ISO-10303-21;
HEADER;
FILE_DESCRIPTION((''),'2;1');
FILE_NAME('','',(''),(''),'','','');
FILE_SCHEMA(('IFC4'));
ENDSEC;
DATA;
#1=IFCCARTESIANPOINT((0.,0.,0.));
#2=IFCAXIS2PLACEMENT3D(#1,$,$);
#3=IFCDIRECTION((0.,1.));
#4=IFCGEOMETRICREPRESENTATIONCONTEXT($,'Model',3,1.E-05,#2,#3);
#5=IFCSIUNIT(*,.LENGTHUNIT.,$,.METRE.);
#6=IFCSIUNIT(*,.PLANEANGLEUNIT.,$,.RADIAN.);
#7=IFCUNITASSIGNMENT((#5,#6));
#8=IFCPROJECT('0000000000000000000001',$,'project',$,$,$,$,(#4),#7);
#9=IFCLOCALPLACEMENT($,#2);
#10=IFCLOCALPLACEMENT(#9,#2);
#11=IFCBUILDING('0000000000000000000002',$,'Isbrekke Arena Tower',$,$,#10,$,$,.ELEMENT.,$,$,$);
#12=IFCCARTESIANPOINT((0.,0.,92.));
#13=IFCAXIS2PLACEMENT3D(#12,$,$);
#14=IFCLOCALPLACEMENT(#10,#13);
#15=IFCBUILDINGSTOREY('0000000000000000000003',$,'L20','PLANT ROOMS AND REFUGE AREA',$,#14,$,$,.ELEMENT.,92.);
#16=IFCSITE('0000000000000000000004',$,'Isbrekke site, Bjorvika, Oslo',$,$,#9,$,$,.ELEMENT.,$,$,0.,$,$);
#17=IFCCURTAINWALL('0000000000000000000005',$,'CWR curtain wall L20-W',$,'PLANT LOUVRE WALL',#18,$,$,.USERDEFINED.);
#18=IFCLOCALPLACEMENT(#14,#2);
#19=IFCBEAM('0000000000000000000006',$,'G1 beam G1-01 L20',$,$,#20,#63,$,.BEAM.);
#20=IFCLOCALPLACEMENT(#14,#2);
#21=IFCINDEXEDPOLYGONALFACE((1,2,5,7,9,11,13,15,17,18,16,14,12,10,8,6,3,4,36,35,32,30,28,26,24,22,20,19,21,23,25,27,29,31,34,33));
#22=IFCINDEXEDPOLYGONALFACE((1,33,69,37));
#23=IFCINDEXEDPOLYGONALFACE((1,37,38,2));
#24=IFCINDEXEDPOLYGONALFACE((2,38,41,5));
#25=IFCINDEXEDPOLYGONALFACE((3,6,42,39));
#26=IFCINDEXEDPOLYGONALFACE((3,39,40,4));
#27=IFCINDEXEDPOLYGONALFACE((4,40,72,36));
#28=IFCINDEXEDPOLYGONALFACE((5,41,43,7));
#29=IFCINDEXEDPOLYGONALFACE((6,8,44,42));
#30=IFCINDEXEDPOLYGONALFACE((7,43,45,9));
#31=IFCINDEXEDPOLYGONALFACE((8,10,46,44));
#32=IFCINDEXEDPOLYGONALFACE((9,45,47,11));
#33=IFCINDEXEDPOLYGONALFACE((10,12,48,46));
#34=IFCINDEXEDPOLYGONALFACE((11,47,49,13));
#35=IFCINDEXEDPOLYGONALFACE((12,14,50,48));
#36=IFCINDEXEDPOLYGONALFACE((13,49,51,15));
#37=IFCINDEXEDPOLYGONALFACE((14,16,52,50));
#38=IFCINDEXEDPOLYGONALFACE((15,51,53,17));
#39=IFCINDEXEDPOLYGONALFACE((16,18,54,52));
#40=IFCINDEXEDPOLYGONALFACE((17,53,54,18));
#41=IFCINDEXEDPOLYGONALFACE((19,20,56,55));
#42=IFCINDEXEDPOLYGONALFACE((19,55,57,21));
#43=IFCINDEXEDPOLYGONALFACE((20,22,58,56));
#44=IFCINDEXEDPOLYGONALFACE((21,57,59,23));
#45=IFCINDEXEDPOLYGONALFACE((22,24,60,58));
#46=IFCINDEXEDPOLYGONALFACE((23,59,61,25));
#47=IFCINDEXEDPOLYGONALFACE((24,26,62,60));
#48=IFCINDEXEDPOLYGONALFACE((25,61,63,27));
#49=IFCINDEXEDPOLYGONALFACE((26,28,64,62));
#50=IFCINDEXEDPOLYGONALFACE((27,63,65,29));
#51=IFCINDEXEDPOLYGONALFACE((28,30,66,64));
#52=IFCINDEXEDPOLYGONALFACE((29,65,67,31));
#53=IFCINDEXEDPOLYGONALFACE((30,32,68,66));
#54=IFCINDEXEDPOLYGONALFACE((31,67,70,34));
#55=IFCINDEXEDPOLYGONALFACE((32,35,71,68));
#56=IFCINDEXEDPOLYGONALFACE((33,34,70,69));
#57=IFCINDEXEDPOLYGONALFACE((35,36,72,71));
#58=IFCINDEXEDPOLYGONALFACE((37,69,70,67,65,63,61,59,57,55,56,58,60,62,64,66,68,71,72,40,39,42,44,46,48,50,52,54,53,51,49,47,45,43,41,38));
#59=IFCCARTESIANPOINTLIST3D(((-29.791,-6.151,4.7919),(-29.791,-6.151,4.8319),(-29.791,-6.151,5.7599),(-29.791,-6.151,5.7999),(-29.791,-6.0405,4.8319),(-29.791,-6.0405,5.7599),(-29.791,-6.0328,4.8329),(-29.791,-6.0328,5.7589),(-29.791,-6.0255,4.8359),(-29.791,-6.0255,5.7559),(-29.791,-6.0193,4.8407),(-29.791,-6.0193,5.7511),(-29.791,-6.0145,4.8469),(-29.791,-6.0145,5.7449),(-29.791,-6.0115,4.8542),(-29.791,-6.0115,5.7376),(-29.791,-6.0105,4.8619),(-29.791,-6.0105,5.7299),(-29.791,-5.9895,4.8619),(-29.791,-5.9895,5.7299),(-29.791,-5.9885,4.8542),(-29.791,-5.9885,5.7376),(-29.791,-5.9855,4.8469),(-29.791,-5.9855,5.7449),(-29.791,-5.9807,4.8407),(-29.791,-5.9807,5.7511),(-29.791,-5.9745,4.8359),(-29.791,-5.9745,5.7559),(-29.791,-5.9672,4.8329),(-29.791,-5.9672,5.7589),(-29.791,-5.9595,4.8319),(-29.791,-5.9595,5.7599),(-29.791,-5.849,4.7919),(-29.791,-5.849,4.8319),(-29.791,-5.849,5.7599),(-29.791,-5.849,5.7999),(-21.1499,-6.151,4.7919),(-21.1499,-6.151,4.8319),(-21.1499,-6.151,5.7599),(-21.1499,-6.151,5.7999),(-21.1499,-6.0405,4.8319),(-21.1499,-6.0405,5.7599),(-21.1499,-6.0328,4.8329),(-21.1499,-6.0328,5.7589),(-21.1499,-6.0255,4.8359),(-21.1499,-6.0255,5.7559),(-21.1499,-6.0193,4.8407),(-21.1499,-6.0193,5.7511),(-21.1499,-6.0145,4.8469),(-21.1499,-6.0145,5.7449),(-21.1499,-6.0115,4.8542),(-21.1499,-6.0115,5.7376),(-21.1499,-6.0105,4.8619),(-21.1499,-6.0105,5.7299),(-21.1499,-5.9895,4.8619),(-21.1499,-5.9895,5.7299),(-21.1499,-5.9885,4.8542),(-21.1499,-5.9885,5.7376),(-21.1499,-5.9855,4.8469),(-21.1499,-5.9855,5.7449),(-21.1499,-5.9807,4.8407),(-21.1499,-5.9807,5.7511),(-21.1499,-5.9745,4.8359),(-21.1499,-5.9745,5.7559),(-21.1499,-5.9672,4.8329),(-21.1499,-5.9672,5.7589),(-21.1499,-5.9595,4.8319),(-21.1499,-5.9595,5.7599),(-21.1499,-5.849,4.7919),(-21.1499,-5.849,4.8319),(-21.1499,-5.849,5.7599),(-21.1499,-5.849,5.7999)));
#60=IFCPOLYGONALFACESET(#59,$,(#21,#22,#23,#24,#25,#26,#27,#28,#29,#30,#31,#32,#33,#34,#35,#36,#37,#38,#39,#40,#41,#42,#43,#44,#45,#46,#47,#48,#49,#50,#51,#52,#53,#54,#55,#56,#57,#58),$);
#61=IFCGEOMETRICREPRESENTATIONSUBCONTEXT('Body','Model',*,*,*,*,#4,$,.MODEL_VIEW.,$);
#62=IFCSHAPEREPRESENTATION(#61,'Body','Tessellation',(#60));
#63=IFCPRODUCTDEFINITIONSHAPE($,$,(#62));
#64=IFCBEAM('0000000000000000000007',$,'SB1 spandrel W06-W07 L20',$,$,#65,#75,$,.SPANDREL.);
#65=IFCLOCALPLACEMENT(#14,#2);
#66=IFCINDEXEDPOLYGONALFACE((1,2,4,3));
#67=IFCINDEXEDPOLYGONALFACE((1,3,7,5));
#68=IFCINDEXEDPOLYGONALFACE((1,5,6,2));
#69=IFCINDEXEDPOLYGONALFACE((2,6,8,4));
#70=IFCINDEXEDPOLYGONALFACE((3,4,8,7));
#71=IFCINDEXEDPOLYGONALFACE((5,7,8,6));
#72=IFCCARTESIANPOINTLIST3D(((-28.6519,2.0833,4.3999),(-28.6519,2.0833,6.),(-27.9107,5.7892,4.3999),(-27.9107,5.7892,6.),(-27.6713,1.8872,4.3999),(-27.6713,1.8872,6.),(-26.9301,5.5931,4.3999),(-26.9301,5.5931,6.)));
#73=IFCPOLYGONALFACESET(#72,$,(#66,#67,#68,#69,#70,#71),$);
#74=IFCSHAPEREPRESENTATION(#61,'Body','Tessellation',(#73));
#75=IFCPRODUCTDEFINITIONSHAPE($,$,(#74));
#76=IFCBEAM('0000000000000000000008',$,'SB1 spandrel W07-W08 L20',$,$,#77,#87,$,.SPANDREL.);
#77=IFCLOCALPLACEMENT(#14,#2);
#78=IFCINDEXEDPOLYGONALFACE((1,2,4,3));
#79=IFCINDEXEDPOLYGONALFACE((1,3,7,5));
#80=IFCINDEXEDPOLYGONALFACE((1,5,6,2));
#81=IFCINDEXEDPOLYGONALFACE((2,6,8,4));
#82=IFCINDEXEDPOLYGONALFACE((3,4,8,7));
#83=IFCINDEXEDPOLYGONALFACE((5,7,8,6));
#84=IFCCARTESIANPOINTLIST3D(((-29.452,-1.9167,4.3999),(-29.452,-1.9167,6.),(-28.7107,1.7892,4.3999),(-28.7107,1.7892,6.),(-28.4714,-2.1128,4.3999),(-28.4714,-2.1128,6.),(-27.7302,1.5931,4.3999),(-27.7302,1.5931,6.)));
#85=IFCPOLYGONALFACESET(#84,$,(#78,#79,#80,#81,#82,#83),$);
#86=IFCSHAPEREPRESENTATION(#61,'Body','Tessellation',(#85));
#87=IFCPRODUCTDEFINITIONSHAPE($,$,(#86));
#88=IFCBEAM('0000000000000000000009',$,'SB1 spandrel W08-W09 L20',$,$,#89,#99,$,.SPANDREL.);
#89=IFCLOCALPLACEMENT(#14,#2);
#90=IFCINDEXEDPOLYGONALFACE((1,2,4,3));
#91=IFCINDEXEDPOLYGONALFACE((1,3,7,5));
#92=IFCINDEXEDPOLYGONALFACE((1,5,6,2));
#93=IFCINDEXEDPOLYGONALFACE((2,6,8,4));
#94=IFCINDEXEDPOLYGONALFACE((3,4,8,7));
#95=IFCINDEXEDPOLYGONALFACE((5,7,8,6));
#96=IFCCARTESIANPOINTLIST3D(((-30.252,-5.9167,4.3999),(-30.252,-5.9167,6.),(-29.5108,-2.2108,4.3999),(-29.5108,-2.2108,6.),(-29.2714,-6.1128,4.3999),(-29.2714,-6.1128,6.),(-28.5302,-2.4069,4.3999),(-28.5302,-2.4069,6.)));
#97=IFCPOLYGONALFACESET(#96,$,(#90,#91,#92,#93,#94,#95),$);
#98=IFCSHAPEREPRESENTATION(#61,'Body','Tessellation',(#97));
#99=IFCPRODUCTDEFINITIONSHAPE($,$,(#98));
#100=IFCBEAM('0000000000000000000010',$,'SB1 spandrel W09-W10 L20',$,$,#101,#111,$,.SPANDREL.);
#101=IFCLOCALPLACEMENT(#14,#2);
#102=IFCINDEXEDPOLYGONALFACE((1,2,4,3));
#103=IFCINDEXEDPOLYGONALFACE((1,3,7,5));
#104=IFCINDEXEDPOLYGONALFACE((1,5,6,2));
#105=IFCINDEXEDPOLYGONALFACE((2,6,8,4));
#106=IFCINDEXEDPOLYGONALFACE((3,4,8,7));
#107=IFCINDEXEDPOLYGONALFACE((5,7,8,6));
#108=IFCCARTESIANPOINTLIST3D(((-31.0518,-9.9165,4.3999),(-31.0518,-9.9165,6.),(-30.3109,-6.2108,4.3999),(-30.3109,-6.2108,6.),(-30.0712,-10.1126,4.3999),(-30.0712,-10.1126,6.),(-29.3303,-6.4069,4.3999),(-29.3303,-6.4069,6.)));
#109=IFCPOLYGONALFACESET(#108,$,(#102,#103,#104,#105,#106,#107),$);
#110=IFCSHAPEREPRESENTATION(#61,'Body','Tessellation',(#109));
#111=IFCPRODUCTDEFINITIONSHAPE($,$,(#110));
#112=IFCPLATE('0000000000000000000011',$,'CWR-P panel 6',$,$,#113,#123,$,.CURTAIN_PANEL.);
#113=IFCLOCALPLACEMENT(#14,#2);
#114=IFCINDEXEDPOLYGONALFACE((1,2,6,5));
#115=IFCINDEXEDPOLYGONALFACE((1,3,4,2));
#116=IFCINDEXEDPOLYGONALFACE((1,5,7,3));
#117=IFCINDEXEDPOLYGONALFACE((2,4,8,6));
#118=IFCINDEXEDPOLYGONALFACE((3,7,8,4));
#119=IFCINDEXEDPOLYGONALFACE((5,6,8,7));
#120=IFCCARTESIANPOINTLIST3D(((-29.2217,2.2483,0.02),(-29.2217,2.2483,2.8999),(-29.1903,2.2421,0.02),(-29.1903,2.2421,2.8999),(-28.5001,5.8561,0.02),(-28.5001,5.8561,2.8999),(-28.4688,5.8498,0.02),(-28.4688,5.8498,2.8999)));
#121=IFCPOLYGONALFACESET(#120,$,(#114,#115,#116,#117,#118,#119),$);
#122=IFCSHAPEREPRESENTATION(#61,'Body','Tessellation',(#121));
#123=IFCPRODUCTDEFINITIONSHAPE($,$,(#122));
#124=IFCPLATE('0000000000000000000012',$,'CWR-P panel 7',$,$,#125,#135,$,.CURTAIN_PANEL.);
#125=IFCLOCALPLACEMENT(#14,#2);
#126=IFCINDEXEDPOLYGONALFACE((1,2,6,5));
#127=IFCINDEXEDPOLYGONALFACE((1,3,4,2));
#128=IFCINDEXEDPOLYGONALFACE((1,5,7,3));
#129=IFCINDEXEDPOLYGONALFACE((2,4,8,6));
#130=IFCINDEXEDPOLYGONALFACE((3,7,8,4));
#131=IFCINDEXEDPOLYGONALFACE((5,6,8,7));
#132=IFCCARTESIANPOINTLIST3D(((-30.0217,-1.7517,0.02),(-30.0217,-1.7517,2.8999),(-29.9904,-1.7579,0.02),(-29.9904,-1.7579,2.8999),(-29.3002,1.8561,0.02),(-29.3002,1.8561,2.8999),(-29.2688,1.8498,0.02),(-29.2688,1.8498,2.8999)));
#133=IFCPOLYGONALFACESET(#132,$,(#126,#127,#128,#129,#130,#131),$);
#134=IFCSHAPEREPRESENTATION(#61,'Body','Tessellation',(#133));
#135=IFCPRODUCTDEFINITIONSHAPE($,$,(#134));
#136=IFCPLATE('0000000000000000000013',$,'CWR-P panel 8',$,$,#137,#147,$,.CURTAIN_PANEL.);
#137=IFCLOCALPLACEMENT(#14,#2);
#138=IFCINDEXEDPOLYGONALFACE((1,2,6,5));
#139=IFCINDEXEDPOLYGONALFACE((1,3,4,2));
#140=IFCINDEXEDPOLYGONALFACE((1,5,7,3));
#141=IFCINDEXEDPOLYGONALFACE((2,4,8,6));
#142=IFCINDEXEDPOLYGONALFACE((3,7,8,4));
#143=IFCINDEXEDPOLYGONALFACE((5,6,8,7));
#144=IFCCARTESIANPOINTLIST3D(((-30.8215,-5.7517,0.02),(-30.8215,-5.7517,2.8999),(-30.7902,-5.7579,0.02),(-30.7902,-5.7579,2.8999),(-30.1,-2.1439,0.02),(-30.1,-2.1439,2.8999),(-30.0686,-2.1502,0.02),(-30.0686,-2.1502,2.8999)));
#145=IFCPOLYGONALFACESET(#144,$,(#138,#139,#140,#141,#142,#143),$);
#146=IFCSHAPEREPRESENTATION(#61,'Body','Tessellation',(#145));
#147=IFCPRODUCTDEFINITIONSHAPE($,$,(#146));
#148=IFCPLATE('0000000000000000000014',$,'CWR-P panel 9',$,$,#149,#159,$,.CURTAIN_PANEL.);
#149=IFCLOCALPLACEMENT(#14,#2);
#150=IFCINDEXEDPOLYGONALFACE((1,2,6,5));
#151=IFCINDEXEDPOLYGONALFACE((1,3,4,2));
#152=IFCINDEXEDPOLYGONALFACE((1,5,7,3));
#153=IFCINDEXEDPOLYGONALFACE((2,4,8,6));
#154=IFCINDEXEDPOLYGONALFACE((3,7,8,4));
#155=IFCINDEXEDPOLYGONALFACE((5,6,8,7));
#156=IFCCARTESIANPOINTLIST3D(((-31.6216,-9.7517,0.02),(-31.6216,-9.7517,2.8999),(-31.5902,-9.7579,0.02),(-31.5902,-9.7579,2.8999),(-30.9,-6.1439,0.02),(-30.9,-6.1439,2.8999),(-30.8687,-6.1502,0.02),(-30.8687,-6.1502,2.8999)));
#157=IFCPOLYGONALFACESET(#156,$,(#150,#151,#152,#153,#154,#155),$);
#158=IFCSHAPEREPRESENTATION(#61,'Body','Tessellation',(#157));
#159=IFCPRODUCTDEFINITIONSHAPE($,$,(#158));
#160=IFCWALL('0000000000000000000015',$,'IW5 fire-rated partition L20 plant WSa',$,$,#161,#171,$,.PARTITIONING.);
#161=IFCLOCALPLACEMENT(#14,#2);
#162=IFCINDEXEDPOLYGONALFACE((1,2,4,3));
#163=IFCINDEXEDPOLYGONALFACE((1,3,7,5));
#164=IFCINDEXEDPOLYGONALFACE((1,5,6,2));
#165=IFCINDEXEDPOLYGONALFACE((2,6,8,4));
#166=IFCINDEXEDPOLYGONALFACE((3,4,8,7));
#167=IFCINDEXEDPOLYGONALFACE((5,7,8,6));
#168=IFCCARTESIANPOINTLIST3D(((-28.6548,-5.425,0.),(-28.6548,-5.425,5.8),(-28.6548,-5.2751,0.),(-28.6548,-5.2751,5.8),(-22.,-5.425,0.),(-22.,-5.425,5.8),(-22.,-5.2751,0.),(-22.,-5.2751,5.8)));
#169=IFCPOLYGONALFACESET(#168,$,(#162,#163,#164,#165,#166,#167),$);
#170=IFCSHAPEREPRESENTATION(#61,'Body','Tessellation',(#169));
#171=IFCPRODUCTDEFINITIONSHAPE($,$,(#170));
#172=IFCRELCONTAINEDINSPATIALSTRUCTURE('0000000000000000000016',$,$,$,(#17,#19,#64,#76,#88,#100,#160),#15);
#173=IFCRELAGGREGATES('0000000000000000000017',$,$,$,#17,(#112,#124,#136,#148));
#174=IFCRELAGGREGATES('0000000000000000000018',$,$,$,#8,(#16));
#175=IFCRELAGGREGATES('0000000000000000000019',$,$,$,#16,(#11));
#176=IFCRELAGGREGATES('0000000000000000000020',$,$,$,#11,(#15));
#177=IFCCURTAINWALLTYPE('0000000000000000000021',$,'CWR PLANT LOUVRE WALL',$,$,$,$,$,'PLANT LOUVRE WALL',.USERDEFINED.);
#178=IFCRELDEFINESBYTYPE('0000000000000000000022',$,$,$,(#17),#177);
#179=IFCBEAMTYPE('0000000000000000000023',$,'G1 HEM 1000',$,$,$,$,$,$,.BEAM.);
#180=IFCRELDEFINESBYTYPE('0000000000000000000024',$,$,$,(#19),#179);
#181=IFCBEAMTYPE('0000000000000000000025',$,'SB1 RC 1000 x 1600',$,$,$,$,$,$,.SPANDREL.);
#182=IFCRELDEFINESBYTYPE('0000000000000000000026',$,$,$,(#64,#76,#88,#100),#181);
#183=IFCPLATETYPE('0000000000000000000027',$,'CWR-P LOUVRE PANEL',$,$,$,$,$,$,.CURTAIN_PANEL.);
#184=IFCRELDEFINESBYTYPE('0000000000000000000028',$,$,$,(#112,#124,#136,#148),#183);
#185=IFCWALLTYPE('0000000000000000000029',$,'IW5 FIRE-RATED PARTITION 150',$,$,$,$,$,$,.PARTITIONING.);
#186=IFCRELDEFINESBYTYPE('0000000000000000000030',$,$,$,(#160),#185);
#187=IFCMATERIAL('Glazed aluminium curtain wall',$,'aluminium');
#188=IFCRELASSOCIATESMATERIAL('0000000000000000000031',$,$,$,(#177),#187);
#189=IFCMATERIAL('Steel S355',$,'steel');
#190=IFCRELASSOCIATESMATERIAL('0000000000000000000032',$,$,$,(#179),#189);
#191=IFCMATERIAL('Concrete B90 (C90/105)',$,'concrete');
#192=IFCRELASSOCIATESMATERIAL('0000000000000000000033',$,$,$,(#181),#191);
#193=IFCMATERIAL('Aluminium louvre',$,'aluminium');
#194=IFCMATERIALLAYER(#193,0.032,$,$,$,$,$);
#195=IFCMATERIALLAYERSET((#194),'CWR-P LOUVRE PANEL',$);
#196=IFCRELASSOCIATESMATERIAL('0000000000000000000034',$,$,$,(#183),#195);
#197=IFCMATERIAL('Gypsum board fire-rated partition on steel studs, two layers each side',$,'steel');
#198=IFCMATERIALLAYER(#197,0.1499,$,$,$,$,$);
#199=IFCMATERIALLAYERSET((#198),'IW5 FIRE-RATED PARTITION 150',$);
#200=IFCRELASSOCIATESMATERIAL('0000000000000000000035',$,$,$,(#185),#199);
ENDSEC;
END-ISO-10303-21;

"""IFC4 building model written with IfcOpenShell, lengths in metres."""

from ifc_helpers import new_model, si_unit, direction, frame, frame_2d, origin, origin_2d, place, context, subcontext, project, spatial, rectangle, i_section, extrude, material, layer, layer_set, material_profile, profile_set, type_object, element, aggregate, save


model = new_model("IFC4")

# Units and contexts
model_context = context("Model", 3, precision=1e-05, world=origin(), true_north=direction((0.0, 1.0)))
body_context = subcontext(model_context, "Body", "Model", "MODEL_VIEW")
ifc_project = project(units=[si_unit("LENGTHUNIT", "METRE"), si_unit("PLANEANGLEUNIT", "RADIAN")], contexts=[model_context])

# Site, building, storey
site_placement = place(None, origin())
site = spatial("IfcSite", under=ifc_project, at=site_placement, Name="Isbrekke site, Bjorvika, Oslo", CompositionType="ELEMENT", RefElevation=0.0)
building_placement = place(site_placement, origin())
building = spatial("IfcBuilding", under=site, at=building_placement, Name="Isbrekke Arena Tower", CompositionType="ELEMENT")
storey_placement = place(building_placement, frame((0.0, 0.0, 92.0)))
storey = spatial("IfcBuildingStorey", under=building, at=storey_placement, Name="L20", Description="PLANT ROOMS AND REFUGE AREA", CompositionType="ELEMENT", Elevation=92.0)

# Curtain wall
ifc_material_1 = material(Name="Glazed aluminium curtain wall", Category="aluminium")
curtain_wall_type = type_object("IfcCurtainWallType", Name="CWR PLANT LOUVRE WALL", ElementType="PLANT LOUVRE WALL", PredefinedType="USERDEFINED", material=ifc_material_1)
curtain_wall_placement = place(storey_placement, origin())
curtain_wall = element("IfcCurtainWall", 1, at=curtain_wall_placement, inside=storey, type_object=curtain_wall_type, Name="CWR curtain wall L20-W", ObjectType="PLANT LOUVRE WALL", PredefinedType="USERDEFINED")

# Beams
ifc_material_2 = material(Name="Steel S355", Category="steel")
ifc_material_profile_1 = material_profile(ifc_material_2, i_section(OverallWidth=0.302, OverallDepth=1.0081, WebThickness=0.021, FlangeThickness=0.04, FilletRadius=0.03, at=origin_2d()), Name="HEM 1000")
ifc_profile_set_1 = profile_set([ifc_material_profile_1], Name="Steel S355")
beam_type_1 = type_object("IfcBeamType", Name="G1 HEM 1000", PredefinedType="BEAM", material=ifc_profile_set_1)
beam_1_placement = place(storey_placement, frame((-29.791, -6.0, 5.2959), z_axis=(1.0, 0.0, 0.0), x_axis=(0.0, 1.0, 0.0)))
element("IfcBeam", 2, at=beam_1_placement, inside=storey, type_object=beam_type_1, Name="G1 beam G1-01 L20", PredefinedType="BEAM", context=body_context, shape_type="SweptSolid", body=[
    extrude(i_section(OverallWidth=0.302, OverallDepth=1.0081, WebThickness=0.021, FlangeThickness=0.04, FilletRadius=0.03, at=origin_2d()), origin(), (0.0, 0.0, 1.0), 8.6411),
])
ifc_material_3 = material(Name="Concrete B90 (C90/105)", Category="concrete")
ifc_material_profile_2 = material_profile(ifc_material_3, rectangle(XDim=1.0, YDim=1.6001, at=origin_2d()), Name="RC 1000x1600")
ifc_profile_set_2 = profile_set([ifc_material_profile_2], Name="Concrete B90 (C90/105)")
beam_type_2 = type_object("IfcBeamType", Name="SB1 RC 1000 x 1600", PredefinedType="SPANDREL", material=ifc_profile_set_2)
for number, where, z_axis, x_axis, name in (
    (3, (-27.4204, 5.6912, 5.2), (-0.196129, -0.980578, 0.0), (0.980578, -0.196129, 0.0), "SB1 spandrel W06-W07 L20"),
    (4, (-28.2205, 1.6912, 5.2), (-0.196129, -0.980578, 0.0), (0.980578, -0.196129, 0.0), "SB1 spandrel W07-W08 L20"),
    (5, (-29.0205, -2.3088, 5.2), (-0.196129, -0.980578, 0.0), (0.980578, -0.196129, 0.0), "SB1 spandrel W08-W09 L20"),
):
    element("IfcBeam", number, at=place(storey_placement, frame(where, z_axis=z_axis, x_axis=x_axis)), inside=storey, type_object=beam_type_2, Name=name, PredefinedType="SPANDREL", context=body_context, shape_type="SweptSolid", body=[
        extrude(rectangle(XDim=1.0, YDim=1.6001, at=origin_2d()), origin(), (0.0, 0.0, 1.0), 3.7793),
    ])
beam_2_placement = place(storey_placement, frame((-29.8206, -6.3088, 5.2), z_axis=(-0.196066, -0.980591, 0.0), x_axis=(0.980591, -0.196066, 0.0)))
element("IfcBeam", 6, at=beam_2_placement, inside=storey, type_object=beam_type_2, Name="SB1 spandrel W09-W10 L20", PredefinedType="SPANDREL", context=body_context, shape_type="SweptSolid", body=[
    extrude(rectangle(XDim=1.0, YDim=1.6001, at=origin_2d()), origin(), (0.0, 0.0, 1.0), 3.7791),
])

# Plates
ifc_material_4 = material(Name="Aluminium louvre", Category="aluminium")
ifc_layer_1 = layer(ifc_material_4, 0.032)
ifc_layer_set_1 = layer_set([ifc_layer_1], Name="CWR-P LOUVRE PANEL")
plate_type = type_object("IfcPlateType", Name="CWR-P LOUVRE PANEL", PredefinedType="CURTAIN_PANEL", material=ifc_layer_set_1)
plate_1_placement = place(storey_placement, frame((-28.8452, 4.0491, 0.02), z_axis=(0.0, 0.0, 1.0), x_axis=(-0.196116, -0.980581, 0.0)))
plate_1 = element("IfcPlate", 7, at=plate_1_placement, type_object=plate_type, Name="CWR-P panel 6", PredefinedType="CURTAIN_PANEL", context=body_context, shape_type="SweptSolid", body=[
    extrude(rectangle(XDim=3.6792, YDim=0.032, at=origin_2d()), origin(), (0.0, 0.0, 1.0), 2.8799),
])
plate_2_placement = place(storey_placement, frame((-29.6453, 0.0491, 0.02), z_axis=(0.0, 0.0, 1.0), x_axis=(-0.196116, -0.980581, 0.0)))
plate_2 = element("IfcPlate", 8, at=plate_2_placement, type_object=plate_type, Name="CWR-P panel 7", PredefinedType="CURTAIN_PANEL", context=body_context, shape_type="SweptSolid", body=[
    extrude(rectangle(XDim=3.6792, YDim=0.032, at=origin_2d()), origin(), (0.0, 0.0, 1.0), 2.8799),
])
plate_3_placement = place(storey_placement, frame((-30.4451, -3.9509, 0.02), z_axis=(0.0, 0.0, 1.0), x_axis=(-0.196116, -0.980581, 0.0)))
plate_3 = element("IfcPlate", 9, at=plate_3_placement, type_object=plate_type, Name="CWR-P panel 8", PredefinedType="CURTAIN_PANEL", context=body_context, shape_type="SweptSolid", body=[
    extrude(rectangle(XDim=3.6792, YDim=0.032, at=origin_2d()), origin(), (0.0, 0.0, 1.0), 2.8799),
])
plate_4_placement = place(storey_placement, frame((-31.2451, -7.9509, 0.02), z_axis=(0.0, 0.0, 1.0), x_axis=(-0.196116, -0.980581, 0.0)))
plate_4 = element("IfcPlate", 10, at=plate_4_placement, type_object=plate_type, Name="CWR-P panel 9", PredefinedType="CURTAIN_PANEL", context=body_context, shape_type="SweptSolid", body=[
    extrude(rectangle(XDim=3.6792, YDim=0.032, at=origin_2d()), origin(), (0.0, 0.0, 1.0), 2.8799),
])
aggregate(curtain_wall, [plate_1, plate_2, plate_3, plate_4])

# Wall
ifc_material_5 = material(Name="Gypsum board fire-rated partition on steel studs, two layers each side", Category="steel")
ifc_layer_2 = layer(ifc_material_5, 0.1499)
ifc_layer_set_2 = layer_set([ifc_layer_2], Name="IW5 FIRE-RATED PARTITION 150")
wall_type = type_object("IfcWallType", Name="IW5 FIRE-RATED PARTITION 150", PredefinedType="PARTITIONING", material=ifc_layer_set_2)
wall_placement = place(storey_placement, frame((-28.6548, -5.3501, 0.0), z_axis=(0.0, 0.0, 1.0), x_axis=(1.0, 0.0, 0.0)))
element("IfcWall", 11, at=wall_placement, inside=storey, type_object=wall_type, Name="IW5 fire-rated partition L20 plant WSa", PredefinedType="PARTITIONING", context=body_context, shape_type="SweptSolid", body=[
    extrude(rectangle(XDim=6.6548, YDim=0.1499, at=frame_2d((3.3274, 0.0))), origin(), (0.0, 0.0, 1.0), 5.8),
])

save(model, "model.ifc")
